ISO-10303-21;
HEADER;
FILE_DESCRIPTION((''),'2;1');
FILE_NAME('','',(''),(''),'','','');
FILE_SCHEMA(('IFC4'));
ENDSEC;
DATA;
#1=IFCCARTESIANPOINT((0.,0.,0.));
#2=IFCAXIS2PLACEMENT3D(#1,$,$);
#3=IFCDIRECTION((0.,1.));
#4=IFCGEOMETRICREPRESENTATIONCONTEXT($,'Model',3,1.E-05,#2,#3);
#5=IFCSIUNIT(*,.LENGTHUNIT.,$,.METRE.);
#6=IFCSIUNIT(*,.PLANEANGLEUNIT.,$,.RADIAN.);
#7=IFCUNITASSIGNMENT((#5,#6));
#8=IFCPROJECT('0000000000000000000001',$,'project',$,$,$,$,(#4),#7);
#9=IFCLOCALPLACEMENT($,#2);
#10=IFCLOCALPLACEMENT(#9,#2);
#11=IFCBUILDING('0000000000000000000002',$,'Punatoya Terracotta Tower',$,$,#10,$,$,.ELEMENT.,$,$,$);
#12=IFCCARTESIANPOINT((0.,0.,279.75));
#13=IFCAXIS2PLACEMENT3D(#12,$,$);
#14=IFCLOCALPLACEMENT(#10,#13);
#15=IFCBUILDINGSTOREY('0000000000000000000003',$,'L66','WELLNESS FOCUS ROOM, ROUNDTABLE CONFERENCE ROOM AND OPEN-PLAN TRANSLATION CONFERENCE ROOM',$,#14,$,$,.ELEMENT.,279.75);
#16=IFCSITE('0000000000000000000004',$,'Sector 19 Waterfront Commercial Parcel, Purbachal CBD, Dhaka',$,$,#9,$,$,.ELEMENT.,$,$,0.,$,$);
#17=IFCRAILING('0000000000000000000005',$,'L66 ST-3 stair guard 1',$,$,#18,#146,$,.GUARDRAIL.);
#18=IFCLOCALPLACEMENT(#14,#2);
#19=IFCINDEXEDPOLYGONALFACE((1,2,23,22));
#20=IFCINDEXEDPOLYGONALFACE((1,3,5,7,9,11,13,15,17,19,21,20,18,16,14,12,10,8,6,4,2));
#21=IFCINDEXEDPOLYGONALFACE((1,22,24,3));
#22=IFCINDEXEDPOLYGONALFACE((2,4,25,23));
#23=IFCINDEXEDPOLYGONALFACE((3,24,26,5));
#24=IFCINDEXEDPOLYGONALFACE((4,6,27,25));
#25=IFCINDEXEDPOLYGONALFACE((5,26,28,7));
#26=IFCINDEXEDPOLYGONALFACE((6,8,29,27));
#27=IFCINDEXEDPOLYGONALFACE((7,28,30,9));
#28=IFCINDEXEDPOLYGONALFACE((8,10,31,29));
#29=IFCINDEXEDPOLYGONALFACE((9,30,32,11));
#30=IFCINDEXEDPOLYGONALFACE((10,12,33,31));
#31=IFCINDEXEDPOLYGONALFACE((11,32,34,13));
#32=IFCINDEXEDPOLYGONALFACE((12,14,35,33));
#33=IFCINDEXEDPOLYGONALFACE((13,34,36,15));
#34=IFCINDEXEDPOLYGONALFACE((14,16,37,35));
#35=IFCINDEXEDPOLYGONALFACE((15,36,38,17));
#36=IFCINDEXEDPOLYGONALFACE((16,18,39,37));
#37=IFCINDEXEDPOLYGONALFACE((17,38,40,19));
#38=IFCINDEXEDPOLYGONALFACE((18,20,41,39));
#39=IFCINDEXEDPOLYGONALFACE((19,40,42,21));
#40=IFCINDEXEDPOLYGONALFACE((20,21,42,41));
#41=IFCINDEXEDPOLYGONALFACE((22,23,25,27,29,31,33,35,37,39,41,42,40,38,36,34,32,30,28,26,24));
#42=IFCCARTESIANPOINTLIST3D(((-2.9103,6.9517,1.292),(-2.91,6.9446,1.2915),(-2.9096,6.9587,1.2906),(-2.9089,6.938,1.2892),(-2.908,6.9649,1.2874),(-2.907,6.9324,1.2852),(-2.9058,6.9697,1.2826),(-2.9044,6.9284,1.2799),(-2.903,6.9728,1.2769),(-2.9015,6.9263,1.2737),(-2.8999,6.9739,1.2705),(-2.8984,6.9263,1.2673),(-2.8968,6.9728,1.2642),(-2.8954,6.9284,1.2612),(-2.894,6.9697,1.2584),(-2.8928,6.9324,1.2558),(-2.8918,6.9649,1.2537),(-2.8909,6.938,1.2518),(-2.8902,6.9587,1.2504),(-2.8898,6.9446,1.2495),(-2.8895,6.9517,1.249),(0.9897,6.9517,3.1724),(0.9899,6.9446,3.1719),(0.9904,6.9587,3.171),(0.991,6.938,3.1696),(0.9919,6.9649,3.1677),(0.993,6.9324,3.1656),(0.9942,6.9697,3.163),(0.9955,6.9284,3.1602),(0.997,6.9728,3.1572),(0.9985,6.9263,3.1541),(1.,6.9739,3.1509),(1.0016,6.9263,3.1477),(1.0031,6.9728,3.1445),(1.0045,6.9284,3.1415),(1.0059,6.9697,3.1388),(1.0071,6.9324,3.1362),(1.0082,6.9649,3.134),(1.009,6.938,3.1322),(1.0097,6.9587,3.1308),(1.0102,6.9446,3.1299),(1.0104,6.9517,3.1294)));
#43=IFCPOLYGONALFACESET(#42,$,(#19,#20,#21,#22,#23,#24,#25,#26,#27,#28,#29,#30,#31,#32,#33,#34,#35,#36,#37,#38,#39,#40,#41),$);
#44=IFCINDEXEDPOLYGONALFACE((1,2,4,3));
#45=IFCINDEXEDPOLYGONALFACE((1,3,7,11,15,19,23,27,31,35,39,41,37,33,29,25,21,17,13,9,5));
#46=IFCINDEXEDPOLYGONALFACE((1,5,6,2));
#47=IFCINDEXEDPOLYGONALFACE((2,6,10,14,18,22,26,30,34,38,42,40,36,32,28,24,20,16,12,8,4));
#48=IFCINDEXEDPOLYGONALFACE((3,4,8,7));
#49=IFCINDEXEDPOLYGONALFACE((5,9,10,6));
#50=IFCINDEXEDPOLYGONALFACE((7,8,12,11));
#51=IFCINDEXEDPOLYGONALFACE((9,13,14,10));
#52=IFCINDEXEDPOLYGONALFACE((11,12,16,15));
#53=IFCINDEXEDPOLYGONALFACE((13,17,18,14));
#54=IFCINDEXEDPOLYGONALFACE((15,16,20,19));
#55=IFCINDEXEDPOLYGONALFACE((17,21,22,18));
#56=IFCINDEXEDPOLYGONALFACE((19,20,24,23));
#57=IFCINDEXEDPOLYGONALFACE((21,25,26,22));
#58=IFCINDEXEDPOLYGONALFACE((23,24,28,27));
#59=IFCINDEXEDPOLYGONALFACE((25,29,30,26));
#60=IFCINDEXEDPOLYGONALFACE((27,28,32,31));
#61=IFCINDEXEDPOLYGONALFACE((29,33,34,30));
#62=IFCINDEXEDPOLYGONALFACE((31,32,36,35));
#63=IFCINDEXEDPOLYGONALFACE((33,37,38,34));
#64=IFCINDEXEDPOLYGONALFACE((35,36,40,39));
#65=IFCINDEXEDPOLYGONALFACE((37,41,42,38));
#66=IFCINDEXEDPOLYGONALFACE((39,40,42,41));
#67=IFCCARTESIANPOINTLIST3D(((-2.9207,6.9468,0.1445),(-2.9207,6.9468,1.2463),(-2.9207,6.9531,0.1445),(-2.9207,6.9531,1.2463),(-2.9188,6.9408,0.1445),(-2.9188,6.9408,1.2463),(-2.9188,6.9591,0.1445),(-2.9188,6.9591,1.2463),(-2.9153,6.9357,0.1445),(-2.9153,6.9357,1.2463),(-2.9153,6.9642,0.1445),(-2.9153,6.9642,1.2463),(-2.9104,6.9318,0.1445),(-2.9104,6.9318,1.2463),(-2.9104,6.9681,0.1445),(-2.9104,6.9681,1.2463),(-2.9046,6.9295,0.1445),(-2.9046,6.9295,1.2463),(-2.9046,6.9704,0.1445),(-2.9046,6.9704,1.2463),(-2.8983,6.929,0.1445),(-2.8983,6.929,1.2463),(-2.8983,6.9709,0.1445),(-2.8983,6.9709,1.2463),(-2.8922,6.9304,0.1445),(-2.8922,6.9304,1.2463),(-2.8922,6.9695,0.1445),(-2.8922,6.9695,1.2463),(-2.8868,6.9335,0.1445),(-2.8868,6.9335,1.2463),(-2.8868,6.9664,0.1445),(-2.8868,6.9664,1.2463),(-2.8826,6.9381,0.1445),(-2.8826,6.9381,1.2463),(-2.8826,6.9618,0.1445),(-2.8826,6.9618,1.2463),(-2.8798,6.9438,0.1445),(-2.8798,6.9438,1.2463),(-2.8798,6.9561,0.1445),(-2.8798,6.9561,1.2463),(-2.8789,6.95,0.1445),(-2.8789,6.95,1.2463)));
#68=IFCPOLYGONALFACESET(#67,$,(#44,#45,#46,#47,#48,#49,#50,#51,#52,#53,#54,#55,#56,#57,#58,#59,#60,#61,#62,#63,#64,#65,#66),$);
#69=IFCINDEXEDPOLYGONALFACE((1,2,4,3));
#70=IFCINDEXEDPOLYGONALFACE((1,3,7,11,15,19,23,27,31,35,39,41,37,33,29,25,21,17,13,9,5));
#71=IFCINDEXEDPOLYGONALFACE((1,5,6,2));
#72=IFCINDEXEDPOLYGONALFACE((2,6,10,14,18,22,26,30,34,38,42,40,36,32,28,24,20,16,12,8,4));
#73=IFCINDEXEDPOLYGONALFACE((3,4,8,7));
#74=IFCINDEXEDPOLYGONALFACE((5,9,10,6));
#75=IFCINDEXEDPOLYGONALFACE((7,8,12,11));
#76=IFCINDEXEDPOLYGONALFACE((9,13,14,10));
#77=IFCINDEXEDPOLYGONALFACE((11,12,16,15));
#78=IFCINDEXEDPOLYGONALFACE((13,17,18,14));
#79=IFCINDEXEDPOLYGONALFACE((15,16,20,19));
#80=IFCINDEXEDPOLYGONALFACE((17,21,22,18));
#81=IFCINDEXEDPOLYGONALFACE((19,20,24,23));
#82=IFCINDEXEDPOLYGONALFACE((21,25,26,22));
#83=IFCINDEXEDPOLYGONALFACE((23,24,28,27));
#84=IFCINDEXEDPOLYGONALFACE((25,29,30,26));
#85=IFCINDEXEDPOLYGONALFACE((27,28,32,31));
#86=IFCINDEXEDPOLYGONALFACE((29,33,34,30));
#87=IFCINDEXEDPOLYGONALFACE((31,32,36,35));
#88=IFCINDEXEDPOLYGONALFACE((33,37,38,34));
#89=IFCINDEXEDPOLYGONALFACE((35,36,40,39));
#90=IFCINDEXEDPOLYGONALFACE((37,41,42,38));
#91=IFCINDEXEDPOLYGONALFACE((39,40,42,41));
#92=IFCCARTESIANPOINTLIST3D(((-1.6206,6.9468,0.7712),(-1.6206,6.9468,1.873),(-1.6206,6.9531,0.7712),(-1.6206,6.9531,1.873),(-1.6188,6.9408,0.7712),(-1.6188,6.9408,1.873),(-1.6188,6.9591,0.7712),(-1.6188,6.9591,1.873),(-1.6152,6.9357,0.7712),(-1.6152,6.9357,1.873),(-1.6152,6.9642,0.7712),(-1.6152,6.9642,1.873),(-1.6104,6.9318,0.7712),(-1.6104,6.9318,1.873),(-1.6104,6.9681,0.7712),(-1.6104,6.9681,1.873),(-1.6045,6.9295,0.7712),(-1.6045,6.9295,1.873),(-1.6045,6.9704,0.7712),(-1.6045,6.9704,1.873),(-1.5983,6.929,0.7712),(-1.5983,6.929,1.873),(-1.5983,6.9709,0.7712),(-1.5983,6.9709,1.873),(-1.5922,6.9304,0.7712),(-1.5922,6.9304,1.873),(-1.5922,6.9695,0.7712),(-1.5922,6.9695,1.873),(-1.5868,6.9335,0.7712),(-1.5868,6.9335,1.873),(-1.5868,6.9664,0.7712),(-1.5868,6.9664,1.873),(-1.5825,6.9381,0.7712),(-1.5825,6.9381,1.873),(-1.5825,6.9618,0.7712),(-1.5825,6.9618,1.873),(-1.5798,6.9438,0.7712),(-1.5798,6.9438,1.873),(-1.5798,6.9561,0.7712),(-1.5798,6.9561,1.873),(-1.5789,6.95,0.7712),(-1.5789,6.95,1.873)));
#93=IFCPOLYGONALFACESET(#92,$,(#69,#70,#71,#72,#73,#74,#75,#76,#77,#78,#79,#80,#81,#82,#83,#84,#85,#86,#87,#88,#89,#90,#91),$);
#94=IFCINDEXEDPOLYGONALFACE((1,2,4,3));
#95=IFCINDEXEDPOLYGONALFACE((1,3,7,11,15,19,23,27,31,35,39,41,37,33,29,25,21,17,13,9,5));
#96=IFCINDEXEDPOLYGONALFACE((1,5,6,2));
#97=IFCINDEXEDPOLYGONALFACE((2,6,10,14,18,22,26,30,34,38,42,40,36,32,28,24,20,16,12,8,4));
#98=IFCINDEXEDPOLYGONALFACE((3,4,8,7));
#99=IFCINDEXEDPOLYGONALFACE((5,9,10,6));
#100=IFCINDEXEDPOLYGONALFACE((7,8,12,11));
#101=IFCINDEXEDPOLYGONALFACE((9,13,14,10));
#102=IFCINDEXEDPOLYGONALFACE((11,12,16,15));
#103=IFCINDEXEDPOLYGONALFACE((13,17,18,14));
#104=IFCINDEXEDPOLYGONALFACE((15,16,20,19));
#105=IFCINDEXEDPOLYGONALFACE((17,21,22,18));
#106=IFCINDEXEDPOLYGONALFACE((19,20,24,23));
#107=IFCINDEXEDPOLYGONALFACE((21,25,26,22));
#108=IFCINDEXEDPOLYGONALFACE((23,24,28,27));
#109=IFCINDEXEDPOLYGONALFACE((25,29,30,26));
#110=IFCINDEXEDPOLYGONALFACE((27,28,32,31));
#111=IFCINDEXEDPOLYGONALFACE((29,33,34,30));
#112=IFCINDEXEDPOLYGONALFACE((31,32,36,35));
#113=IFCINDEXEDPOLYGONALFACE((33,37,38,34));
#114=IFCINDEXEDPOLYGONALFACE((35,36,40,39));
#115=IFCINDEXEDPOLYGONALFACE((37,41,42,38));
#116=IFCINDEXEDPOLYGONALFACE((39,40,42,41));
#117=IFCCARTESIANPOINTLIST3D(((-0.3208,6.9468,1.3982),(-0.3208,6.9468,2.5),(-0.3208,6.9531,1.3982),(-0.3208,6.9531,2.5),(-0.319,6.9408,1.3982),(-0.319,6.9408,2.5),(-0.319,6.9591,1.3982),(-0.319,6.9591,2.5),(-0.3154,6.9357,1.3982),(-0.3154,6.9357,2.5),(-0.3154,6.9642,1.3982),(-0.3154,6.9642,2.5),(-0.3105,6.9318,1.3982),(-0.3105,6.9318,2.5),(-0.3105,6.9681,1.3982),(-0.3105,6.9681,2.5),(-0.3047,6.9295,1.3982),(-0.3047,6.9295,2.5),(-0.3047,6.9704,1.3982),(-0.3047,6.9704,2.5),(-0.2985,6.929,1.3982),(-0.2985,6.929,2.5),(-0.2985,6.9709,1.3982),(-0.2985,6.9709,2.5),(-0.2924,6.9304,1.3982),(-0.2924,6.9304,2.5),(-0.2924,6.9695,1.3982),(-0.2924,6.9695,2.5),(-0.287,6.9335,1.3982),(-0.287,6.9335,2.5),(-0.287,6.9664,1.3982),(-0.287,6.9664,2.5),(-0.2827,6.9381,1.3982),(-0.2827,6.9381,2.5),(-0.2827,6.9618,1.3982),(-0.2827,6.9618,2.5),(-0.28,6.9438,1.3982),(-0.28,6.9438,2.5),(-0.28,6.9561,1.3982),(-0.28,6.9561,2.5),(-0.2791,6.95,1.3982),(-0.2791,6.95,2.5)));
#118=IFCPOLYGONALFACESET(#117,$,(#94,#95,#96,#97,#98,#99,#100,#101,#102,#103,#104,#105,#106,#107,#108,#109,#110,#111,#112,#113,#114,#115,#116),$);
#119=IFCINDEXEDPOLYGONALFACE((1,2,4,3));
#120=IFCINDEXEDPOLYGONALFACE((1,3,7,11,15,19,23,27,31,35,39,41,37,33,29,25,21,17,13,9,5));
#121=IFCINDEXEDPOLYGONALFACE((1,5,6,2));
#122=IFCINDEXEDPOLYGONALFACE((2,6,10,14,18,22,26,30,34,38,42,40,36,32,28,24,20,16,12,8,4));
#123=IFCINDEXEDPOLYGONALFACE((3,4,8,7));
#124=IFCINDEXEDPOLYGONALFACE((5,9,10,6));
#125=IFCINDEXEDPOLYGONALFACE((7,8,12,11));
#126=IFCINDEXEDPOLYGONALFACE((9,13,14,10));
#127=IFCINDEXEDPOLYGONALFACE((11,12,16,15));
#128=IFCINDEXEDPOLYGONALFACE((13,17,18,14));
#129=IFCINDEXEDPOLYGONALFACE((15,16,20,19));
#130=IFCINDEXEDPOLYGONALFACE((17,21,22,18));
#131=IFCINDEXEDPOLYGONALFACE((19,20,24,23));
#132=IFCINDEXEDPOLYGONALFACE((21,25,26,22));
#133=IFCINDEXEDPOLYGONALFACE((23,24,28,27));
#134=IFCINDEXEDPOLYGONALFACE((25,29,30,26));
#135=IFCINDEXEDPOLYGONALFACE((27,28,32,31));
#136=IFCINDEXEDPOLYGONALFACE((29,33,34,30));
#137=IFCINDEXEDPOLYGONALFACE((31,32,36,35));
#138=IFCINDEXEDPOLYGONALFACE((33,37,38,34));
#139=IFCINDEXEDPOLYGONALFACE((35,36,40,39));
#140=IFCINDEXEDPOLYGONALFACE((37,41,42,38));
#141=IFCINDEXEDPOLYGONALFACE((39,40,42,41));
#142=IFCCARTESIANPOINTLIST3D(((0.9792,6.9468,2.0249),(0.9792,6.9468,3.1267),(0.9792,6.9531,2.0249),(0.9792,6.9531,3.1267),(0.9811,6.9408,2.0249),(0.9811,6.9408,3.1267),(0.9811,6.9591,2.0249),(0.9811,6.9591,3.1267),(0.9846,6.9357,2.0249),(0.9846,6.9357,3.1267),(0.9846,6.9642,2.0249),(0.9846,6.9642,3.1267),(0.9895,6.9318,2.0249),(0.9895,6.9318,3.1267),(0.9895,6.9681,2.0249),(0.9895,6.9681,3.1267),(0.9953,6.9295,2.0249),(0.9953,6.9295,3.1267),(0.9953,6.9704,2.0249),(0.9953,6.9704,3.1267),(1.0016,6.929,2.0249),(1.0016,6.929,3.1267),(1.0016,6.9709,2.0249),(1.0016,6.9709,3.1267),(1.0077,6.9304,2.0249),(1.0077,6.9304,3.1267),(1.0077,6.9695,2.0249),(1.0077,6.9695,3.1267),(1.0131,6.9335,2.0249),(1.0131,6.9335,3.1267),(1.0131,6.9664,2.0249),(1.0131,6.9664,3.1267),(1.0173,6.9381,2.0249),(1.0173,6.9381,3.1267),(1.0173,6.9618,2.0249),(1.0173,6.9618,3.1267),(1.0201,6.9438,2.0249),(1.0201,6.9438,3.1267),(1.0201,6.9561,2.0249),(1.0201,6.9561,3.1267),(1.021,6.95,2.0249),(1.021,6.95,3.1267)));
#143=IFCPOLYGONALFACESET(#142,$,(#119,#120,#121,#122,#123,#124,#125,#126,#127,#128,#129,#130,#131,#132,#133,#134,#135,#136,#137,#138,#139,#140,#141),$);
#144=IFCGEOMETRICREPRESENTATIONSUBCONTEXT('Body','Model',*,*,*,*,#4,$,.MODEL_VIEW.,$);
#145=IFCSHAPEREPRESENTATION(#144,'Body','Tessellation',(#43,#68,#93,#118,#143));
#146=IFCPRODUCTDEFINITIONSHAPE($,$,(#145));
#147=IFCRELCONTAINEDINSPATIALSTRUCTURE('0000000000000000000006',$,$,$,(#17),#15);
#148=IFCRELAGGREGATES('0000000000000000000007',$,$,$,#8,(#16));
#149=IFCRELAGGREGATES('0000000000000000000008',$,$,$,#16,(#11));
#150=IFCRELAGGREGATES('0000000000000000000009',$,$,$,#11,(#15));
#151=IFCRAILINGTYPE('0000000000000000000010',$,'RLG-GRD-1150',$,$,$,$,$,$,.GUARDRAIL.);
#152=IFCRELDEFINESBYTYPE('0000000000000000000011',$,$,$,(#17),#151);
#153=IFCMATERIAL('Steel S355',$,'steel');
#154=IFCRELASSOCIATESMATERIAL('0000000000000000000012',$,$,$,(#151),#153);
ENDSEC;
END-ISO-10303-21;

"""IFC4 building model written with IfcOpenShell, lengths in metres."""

from ifc_helpers import new_model, si_unit, direction, frame, origin, origin_2d, place, context, subcontext, project, spatial, circle, extrude, material, type_object, element, save


model = new_model("IFC4")

# Units and contexts
model_context = context("Model", 3, precision=1e-05, world=origin(), true_north=direction((0.0, 1.0)))
body_context = subcontext(model_context, "Body", "Model", "MODEL_VIEW")
ifc_project = project(units=[si_unit("LENGTHUNIT", "METRE"), si_unit("PLANEANGLEUNIT", "RADIAN")], contexts=[model_context])

# Site, building, storey
site_placement = place(None, origin())
site = spatial("IfcSite", under=ifc_project, at=site_placement, Name="Sector 19 Waterfront Commercial Parcel, Purbachal CBD, Dhaka", CompositionType="ELEMENT", RefElevation=0.0)
building_placement = place(site_placement, origin())
building = spatial("IfcBuilding", under=site, at=building_placement, Name="Punatoya Terracotta Tower", CompositionType="ELEMENT")
storey_placement = place(building_placement, frame((0.0, 0.0, 279.75)))
storey = spatial("IfcBuildingStorey", under=building, at=storey_placement, Name="L66", Description="WELLNESS FOCUS ROOM, ROUNDTABLE CONFERENCE ROOM AND OPEN-PLAN TRANSLATION CONFERENCE ROOM", CompositionType="ELEMENT", Elevation=279.75)

# Shared definitions
ifc_material_1 = material(Name="Steel S355", Category="steel")

# Railing
railing_type_1 = type_object("IfcRailingType", Name="RLG-GRD-1150", PredefinedType="GUARDRAIL", material=ifc_material_1)
railing_1_placement = place(storey_placement, frame((-2.8999, 6.95, 0.1445)))
element("IfcRailing", 1, at=railing_1_placement, inside=storey, type_object=railing_type_1, Name="L66 ST-3 stair guard 1", PredefinedType="GUARDRAIL", context=body_context, shape_type="SweptSolid", body=[
    extrude(circle(Radius=0.0239, at=origin_2d()), frame((0.0, 0.0, 1.126), z_axis=(0.900763, 0.0, 0.434311), x_axis=(0.0, 1.0, 0.0)), (0.0, 0.0, 1.0), 4.3296),
    extrude(circle(Radius=0.021, at=origin_2d()), origin(), (0.0, 0.0, 1.0), 1.1018),
    extrude(circle(Radius=0.021, at=origin_2d()), frame((1.3, 0.0, 0.6267)), (0.0, 0.0, 1.0), 1.1018),
    extrude(circle(Radius=0.021, at=origin_2d()), frame((2.5999, 0.0, 1.2537)), (0.0, 0.0, 1.0), 1.1018),
    extrude(circle(Radius=0.021, at=origin_2d()), frame((3.8999, 0.0, 1.8804)), (0.0, 0.0, 1.0), 1.1018),
])

save(model, "model.ifc")
